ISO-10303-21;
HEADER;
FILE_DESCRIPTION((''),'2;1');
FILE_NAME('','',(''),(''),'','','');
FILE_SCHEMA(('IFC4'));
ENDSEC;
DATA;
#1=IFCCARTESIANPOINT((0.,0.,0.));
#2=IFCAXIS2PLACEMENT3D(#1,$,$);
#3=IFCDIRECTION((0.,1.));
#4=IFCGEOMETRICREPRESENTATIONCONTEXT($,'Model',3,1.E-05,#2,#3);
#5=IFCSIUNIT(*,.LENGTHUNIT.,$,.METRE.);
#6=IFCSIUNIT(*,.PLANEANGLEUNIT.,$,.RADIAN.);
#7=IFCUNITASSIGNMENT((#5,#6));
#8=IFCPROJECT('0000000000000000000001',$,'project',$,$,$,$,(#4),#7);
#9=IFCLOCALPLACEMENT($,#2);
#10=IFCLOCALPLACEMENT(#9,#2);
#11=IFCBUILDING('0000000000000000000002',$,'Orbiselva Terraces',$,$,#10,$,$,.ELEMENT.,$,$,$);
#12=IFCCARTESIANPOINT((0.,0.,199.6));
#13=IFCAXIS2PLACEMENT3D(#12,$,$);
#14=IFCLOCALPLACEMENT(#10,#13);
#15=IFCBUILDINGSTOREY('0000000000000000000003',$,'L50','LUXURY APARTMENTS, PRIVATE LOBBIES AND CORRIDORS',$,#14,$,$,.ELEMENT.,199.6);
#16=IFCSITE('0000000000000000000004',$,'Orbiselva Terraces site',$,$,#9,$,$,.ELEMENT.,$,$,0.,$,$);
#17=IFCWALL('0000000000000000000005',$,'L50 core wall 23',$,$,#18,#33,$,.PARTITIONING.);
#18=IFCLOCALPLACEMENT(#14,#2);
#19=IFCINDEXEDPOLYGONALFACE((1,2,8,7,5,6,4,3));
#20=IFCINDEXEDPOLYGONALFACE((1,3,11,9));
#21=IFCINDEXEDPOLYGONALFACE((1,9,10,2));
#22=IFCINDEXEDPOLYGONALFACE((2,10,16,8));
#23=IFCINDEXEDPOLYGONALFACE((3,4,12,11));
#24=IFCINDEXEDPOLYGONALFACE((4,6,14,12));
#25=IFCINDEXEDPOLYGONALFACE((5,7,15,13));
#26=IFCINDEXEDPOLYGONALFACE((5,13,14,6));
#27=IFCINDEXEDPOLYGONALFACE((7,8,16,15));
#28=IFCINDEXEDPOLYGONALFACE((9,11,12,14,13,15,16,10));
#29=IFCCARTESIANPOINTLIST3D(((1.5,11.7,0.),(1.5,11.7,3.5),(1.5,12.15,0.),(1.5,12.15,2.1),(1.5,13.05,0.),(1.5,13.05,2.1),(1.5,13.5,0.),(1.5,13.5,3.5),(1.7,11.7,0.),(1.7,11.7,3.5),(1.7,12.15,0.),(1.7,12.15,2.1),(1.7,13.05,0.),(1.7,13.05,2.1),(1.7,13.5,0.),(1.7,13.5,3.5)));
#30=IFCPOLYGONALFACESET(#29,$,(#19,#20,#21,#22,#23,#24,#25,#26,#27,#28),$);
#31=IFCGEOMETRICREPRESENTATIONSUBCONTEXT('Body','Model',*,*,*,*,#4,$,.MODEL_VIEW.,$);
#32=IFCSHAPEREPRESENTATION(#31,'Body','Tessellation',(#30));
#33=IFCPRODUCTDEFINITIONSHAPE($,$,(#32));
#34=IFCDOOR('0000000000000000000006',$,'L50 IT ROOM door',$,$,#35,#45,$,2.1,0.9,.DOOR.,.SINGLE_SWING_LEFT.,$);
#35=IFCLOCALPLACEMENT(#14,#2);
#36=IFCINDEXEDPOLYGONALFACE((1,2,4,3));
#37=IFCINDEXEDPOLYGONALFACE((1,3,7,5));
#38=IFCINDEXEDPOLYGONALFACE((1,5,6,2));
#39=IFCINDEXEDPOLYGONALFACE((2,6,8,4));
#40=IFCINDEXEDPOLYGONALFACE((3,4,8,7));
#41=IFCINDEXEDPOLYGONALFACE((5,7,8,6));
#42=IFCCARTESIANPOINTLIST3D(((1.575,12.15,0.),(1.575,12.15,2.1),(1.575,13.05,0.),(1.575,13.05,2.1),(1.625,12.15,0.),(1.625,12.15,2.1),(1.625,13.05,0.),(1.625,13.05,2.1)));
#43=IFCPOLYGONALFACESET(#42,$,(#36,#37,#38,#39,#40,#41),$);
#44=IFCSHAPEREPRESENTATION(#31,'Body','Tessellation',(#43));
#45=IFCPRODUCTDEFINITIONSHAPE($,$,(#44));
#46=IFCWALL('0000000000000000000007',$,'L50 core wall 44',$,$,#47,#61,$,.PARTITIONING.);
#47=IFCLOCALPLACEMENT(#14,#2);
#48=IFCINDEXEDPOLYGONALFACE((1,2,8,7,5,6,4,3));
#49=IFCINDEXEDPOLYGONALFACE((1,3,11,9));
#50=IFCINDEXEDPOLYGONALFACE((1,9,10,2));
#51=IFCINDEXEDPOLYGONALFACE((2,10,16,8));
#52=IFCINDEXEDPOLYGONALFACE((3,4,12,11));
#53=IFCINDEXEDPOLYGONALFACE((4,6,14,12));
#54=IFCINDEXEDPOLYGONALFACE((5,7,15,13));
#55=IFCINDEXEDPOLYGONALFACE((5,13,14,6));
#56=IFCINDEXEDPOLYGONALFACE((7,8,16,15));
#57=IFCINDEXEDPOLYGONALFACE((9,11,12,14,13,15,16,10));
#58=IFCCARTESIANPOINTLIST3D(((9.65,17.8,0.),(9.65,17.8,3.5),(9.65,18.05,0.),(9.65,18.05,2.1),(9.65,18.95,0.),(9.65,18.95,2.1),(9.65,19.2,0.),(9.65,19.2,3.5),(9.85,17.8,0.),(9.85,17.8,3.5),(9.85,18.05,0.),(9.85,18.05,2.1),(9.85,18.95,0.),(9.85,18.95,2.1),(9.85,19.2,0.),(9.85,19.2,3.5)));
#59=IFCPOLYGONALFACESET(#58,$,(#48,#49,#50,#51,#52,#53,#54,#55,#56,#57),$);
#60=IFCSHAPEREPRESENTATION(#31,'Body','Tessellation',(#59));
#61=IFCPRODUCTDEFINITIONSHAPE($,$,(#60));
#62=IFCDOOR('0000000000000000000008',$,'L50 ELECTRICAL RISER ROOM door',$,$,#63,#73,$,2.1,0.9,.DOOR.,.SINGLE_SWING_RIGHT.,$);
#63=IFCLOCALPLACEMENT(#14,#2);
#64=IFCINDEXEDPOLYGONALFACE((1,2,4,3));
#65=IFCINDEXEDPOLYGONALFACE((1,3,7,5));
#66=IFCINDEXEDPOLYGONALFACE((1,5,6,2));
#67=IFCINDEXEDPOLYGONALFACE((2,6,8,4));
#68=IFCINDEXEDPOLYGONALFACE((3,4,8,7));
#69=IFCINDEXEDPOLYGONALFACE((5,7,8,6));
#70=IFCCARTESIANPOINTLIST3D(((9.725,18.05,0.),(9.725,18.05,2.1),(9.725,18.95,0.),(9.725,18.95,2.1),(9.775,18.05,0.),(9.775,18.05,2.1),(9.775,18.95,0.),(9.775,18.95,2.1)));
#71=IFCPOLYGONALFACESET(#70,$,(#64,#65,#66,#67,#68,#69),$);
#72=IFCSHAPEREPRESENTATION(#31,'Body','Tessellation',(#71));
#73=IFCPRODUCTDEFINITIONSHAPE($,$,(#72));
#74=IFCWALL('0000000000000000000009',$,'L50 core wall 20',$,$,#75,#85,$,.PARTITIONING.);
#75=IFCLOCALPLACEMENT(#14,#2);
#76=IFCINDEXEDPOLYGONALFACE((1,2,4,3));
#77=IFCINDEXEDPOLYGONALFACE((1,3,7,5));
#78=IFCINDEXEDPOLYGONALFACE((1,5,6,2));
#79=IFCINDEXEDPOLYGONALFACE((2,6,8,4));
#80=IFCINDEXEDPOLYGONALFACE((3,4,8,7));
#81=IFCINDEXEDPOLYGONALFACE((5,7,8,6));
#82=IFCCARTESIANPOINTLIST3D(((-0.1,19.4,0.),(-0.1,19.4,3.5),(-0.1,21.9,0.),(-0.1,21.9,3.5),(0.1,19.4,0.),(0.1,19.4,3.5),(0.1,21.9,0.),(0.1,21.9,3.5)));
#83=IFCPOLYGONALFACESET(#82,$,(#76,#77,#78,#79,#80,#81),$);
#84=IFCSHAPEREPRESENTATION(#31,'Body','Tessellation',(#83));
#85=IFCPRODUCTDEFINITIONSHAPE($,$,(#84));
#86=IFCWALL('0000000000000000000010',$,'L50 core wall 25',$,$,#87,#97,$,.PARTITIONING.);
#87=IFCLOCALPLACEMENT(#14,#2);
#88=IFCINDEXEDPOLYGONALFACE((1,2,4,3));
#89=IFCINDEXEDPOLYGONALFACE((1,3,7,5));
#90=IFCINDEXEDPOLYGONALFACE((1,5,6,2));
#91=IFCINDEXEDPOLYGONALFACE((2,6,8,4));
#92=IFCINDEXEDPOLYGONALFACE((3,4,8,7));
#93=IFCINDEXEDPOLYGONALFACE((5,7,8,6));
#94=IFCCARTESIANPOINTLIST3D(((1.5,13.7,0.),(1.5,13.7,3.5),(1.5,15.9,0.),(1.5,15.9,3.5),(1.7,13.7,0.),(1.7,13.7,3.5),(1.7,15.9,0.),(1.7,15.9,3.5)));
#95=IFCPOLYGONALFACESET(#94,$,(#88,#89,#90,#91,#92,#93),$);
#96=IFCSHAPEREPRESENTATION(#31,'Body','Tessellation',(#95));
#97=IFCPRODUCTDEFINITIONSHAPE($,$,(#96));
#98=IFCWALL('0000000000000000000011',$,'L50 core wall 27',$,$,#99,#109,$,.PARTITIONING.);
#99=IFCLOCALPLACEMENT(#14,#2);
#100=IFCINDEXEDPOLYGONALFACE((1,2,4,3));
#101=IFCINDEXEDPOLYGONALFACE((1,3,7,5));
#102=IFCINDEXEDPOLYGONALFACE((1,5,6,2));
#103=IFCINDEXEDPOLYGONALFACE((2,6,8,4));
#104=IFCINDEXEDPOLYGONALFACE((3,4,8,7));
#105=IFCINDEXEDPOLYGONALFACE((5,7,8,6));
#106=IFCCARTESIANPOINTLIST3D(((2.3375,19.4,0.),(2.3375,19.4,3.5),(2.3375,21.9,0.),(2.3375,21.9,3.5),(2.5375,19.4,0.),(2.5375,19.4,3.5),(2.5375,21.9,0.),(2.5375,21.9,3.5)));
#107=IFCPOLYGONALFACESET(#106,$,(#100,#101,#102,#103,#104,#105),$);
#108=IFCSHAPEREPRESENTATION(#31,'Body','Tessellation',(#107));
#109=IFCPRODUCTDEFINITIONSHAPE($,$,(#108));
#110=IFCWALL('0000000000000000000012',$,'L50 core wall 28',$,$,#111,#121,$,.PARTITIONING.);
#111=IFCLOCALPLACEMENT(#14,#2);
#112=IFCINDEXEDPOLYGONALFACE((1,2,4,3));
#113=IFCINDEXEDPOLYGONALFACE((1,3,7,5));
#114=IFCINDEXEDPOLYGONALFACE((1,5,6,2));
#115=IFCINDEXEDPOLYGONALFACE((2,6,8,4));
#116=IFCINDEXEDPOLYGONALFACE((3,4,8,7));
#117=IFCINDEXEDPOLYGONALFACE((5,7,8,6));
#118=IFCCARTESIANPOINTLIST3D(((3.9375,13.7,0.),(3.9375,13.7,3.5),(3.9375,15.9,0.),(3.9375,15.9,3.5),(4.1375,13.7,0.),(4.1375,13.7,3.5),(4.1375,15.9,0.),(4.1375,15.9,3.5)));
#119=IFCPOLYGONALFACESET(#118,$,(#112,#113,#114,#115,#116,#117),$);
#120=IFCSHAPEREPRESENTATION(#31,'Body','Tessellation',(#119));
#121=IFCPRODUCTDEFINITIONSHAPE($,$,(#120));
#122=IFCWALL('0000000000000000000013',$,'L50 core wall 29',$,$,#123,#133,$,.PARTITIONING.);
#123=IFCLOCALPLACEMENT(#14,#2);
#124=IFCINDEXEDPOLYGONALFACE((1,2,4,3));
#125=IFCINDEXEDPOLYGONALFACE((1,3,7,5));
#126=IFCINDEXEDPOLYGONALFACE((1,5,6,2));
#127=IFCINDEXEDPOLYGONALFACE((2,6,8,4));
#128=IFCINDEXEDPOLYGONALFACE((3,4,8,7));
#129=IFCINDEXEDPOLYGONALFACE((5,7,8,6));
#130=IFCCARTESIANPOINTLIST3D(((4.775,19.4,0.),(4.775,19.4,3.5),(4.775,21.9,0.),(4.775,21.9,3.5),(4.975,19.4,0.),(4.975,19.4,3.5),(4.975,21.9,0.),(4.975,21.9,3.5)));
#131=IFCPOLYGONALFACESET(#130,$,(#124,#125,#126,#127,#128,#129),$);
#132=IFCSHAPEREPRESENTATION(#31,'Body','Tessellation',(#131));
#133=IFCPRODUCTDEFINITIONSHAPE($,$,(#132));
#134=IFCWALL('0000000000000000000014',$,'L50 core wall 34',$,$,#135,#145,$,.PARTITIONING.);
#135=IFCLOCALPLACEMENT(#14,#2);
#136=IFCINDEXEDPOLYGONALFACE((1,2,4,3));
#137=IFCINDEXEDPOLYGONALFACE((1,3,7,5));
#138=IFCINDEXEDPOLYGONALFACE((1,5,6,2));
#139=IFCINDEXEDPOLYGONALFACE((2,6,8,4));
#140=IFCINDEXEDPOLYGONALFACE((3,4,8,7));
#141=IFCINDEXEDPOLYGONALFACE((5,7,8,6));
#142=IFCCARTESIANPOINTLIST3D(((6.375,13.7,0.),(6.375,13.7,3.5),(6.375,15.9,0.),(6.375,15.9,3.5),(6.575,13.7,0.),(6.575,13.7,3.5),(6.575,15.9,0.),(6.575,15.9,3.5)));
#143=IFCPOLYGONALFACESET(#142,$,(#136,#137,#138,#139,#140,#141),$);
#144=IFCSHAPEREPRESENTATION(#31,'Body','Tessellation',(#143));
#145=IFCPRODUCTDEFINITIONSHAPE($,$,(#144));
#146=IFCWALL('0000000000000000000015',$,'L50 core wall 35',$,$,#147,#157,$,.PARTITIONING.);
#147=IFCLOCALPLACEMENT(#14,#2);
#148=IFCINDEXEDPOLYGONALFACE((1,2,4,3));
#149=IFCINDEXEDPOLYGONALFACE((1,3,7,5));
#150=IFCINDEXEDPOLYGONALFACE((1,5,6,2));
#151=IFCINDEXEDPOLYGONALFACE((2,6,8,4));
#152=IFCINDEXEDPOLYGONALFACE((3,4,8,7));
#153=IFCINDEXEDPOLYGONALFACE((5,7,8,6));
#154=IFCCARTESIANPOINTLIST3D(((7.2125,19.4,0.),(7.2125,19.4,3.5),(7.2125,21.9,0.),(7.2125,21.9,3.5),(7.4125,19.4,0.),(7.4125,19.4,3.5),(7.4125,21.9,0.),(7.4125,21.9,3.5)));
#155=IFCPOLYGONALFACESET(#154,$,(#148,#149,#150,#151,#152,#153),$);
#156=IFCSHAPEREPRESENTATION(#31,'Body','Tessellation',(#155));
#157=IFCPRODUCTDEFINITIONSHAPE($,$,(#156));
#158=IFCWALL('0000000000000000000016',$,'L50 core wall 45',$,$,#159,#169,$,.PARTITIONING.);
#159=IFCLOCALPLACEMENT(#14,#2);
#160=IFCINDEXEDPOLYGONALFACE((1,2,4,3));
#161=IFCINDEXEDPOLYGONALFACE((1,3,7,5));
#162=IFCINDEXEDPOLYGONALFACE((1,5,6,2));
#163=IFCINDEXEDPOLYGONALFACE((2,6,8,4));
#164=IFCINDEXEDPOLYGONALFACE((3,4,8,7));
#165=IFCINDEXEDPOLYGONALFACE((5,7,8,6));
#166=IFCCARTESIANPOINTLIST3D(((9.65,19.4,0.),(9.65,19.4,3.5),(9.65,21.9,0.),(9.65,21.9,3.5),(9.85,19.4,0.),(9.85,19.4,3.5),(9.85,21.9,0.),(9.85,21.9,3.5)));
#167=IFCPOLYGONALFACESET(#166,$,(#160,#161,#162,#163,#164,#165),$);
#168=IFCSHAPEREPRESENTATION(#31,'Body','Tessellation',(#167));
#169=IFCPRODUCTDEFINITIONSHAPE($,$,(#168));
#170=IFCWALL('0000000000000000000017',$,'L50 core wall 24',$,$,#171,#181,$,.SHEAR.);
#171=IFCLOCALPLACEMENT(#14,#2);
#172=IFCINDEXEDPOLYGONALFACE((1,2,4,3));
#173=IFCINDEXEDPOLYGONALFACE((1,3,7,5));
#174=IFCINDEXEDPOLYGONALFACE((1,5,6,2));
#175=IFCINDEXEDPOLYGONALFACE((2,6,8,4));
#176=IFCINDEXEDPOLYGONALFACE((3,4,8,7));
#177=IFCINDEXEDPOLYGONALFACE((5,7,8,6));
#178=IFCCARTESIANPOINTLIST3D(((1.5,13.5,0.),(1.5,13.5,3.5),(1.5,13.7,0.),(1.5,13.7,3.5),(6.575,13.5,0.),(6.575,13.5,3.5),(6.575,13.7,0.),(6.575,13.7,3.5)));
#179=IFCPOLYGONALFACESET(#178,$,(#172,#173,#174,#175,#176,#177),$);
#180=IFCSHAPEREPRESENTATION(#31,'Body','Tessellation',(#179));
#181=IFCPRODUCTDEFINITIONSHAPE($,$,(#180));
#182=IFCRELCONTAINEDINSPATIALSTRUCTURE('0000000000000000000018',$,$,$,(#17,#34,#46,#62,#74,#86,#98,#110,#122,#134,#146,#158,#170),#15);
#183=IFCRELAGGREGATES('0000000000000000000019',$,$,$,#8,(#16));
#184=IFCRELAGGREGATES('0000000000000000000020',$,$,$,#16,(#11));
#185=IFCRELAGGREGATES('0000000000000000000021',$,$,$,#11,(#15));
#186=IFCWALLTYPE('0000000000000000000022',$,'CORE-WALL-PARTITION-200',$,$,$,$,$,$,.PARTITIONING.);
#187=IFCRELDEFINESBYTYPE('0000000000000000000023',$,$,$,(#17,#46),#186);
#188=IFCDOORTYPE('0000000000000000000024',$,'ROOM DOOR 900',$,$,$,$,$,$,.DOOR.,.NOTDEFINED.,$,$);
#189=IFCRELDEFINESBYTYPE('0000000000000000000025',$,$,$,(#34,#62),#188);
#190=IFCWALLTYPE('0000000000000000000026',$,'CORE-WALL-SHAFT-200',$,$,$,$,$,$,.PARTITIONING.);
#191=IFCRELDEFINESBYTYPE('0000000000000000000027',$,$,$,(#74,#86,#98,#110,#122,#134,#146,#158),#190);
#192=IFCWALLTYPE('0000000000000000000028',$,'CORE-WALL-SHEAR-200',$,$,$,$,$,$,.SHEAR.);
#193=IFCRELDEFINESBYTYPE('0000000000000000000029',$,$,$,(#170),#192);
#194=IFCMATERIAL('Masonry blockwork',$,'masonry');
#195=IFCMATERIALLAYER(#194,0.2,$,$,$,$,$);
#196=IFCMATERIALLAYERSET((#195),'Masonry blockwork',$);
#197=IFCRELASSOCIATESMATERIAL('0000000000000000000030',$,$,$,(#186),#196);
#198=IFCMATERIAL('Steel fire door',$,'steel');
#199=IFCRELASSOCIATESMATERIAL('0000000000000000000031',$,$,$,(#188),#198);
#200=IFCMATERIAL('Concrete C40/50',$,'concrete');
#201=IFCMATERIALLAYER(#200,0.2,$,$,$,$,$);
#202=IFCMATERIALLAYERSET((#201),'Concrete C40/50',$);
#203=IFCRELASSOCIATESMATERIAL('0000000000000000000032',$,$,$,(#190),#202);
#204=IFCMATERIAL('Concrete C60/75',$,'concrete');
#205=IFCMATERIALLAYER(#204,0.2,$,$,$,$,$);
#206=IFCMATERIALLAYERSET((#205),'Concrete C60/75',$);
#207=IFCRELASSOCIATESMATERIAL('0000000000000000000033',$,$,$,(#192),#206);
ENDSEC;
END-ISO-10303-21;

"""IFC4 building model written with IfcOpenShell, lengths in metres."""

from ifc_helpers import new_model, si_unit, direction, frame, frame_2d, origin, place, context, subcontext, project, spatial, rectangle, extrude, material, layer, layer_set, type_object, element, fill, save


model = new_model("IFC4")

# Units and contexts
model_context = context("Model", 3, precision=1e-05, world=origin(), true_north=direction((0.0, 1.0)))
body_context = subcontext(model_context, "Body", "Model", "MODEL_VIEW")
ifc_project = project(units=[si_unit("LENGTHUNIT", "METRE"), si_unit("PLANEANGLEUNIT", "RADIAN")], contexts=[model_context])

# Site, building, storey
site_placement = place(None, origin())
site = spatial("IfcSite", under=ifc_project, at=site_placement, Name="Orbiselva Terraces site", CompositionType="ELEMENT", RefElevation=0.0)
building_placement = place(site_placement, origin())
building = spatial("IfcBuilding", under=site, at=building_placement, Name="Orbiselva Terraces", CompositionType="ELEMENT")
storey_placement = place(building_placement, frame((0.0, 0.0, 199.6)))
storey = spatial("IfcBuildingStorey", under=building, at=storey_placement, Name="L50", Description="LUXURY APARTMENTS, PRIVATE LOBBIES AND CORRIDORS", CompositionType="ELEMENT", Elevation=199.6)

# Walls, openings, doors
ifc_material_1 = material(Name="Masonry blockwork", Category="masonry")
ifc_layer_1 = layer(ifc_material_1, 0.2)
ifc_layer_set_1 = layer_set([ifc_layer_1], Name="Masonry blockwork")
wall_type_1 = type_object("IfcWallType", Name="CORE-WALL-PARTITION-200", PredefinedType="PARTITIONING", material=ifc_layer_set_1)
wall_1_placement = place(storey_placement, frame((1.6, 13.5, 0.0), z_axis=(0.0, 0.0, 1.0), x_axis=(0.0, -1.0, 0.0)))
wall_1 = element("IfcWall", 1, at=wall_1_placement, inside=storey, type_object=wall_type_1, Name="L50 core wall 23", PredefinedType="PARTITIONING", context=body_context, shape_type="SweptSolid", body=[
    extrude(rectangle(XDim=1.8, YDim=0.2, at=frame_2d((0.9, 0.0))), origin(), (0.0, 0.0, 1.0), 3.5),
])
opening_1_placement = place(wall_1_placement, frame((0.45, 0.0, 0.0)))
opening_1 = element("IfcOpeningElement", 2, at=opening_1_placement, cuts=wall_1, PredefinedType="OPENING", context=body_context, shape_type="SweptSolid", body=[
    extrude(rectangle(XDim=0.9, YDim=2.1, at=frame_2d((0.45, 1.05))), frame((0.0, 0.11, 0.0), z_axis=(0.0, -1.0, 0.0), x_axis=(1.0, 0.0, 0.0)), (0.0, 0.0, 1.0), 0.22),
])
ifc_material_2 = material(Name="Steel fire door", Category="steel")
door_type_1 = type_object("IfcDoorType", Name="ROOM DOOR 900", OperationType="NOTDEFINED", PredefinedType="DOOR", material=ifc_material_2)
door_1_placement = place(opening_1_placement, origin())
door_1 = element("IfcDoor", 3, at=door_1_placement, inside=storey, type_object=door_type_1, Name="L50 IT ROOM door", OperationType="SINGLE_SWING_LEFT", OverallHeight=2.1, OverallWidth=0.9, PredefinedType="DOOR", context=body_context, shape_type="SweptSolid", body=[
    extrude(rectangle(XDim=0.9, YDim=2.1, at=frame_2d((0.45, 1.05))), frame((0.0, 0.025, 0.0), z_axis=(0.0, -1.0, 0.0), x_axis=(1.0, 0.0, 0.0)), (0.0, 0.0, 1.0), 0.05),
])
fill(opening_1, door_1)
wall_2_placement = place(storey_placement, frame((9.75, 19.2, 0.0), z_axis=(0.0, 0.0, 1.0), x_axis=(0.0, -1.0, 0.0)))
wall_2 = element("IfcWall", 4, at=wall_2_placement, inside=storey, type_object=wall_type_1, Name="L50 core wall 44", PredefinedType="PARTITIONING", context=body_context, shape_type="SweptSolid", body=[
    extrude(rectangle(XDim=1.4, YDim=0.2, at=frame_2d((0.7, 0.0))), origin(), (0.0, 0.0, 1.0), 3.5),
])
opening_2_placement = place(wall_2_placement, frame((0.25, 0.0, 0.0)))
opening_2 = element("IfcOpeningElement", 5, at=opening_2_placement, cuts=wall_2, PredefinedType="OPENING", context=body_context, shape_type="SweptSolid", body=[
    extrude(rectangle(XDim=0.9, YDim=2.1, at=frame_2d((0.45, 1.05))), frame((0.0, 0.11, 0.0), z_axis=(0.0, -1.0, 0.0), x_axis=(1.0, 0.0, 0.0)), (0.0, 0.0, 1.0), 0.22),
])
door_2_placement = place(opening_2_placement, origin())
door_2 = element("IfcDoor", 6, at=door_2_placement, inside=storey, type_object=door_type_1, Name="L50 ELECTRICAL RISER ROOM door", OperationType="SINGLE_SWING_RIGHT", OverallHeight=2.1, OverallWidth=0.9, PredefinedType="DOOR", context=body_context, shape_type="SweptSolid", body=[
    extrude(rectangle(XDim=0.9, YDim=2.1, at=frame_2d((0.45, 1.05))), frame((0.0, 0.025, 0.0), z_axis=(0.0, -1.0, 0.0), x_axis=(1.0, 0.0, 0.0)), (0.0, 0.0, 1.0), 0.05),
])
fill(opening_2, door_2)

# Walls
ifc_material_3 = material(Name="Concrete C40/50", Category="concrete")
ifc_layer_2 = layer(ifc_material_3, 0.2)
ifc_layer_set_2 = layer_set([ifc_layer_2], Name="Concrete C40/50")
wall_type_2 = type_object("IfcWallType", Name="CORE-WALL-SHAFT-200", PredefinedType="PARTITIONING", material=ifc_layer_set_2)
wall_3_placement = place(storey_placement, frame((0.0, 19.4, 0.0), z_axis=(0.0, 0.0, 1.0), x_axis=(0.0, 1.0, 0.0)))
element("IfcWall", 7, at=wall_3_placement, inside=storey, type_object=wall_type_2, Name="L50 core wall 20", PredefinedType="PARTITIONING", context=body_context, shape_type="SweptSolid", body=[
    extrude(rectangle(XDim=2.5, YDim=0.2, at=frame_2d((1.25, 0.0))), origin(), (0.0, 0.0, 1.0), 3.5),
])
wall_4_placement = place(storey_placement, frame((1.6, 13.7, 0.0), z_axis=(0.0, 0.0, 1.0), x_axis=(0.0, 1.0, 0.0)))
element("IfcWall", 8, at=wall_4_placement, inside=storey, type_object=wall_type_2, Name="L50 core wall 25", PredefinedType="PARTITIONING", context=body_context, shape_type="SweptSolid", body=[
    extrude(rectangle(XDim=2.2, YDim=0.2, at=frame_2d((1.1, 0.0))), origin(), (0.0, 0.0, 1.0), 3.5),
])
wall_5_placement = place(storey_placement, frame((2.4375, 19.4, 0.0), z_axis=(0.0, 0.0, 1.0), x_axis=(0.0, 1.0, 0.0)))
element("IfcWall", 9, at=wall_5_placement, inside=storey, type_object=wall_type_2, Name="L50 core wall 27", PredefinedType="PARTITIONING", context=body_context, shape_type="SweptSolid", body=[
    extrude(rectangle(XDim=2.5, YDim=0.2, at=frame_2d((1.25, 0.0))), origin(), (0.0, 0.0, 1.0), 3.5),
])
wall_6_placement = place(storey_placement, frame((4.0375, 13.7, 0.0), z_axis=(0.0, 0.0, 1.0), x_axis=(0.0, 1.0, 0.0)))
element("IfcWall", 10, at=wall_6_placement, inside=storey, type_object=wall_type_2, Name="L50 core wall 28", PredefinedType="PARTITIONING", context=body_context, shape_type="SweptSolid", body=[
    extrude(rectangle(XDim=2.2, YDim=0.2, at=frame_2d((1.1, 0.0))), origin(), (0.0, 0.0, 1.0), 3.5),
])
wall_7_placement = place(storey_placement, frame((4.875, 19.4, 0.0), z_axis=(0.0, 0.0, 1.0), x_axis=(0.0, 1.0, 0.0)))
element("IfcWall", 11, at=wall_7_placement, inside=storey, type_object=wall_type_2, Name="L50 core wall 29", PredefinedType="PARTITIONING", context=body_context, shape_type="SweptSolid", body=[
    extrude(rectangle(XDim=2.5, YDim=0.2, at=frame_2d((1.25, 0.0))), origin(), (0.0, 0.0, 1.0), 3.5),
])
wall_8_placement = place(storey_placement, frame((6.475, 13.7, 0.0), z_axis=(0.0, 0.0, 1.0), x_axis=(0.0, 1.0, 0.0)))
element("IfcWall", 12, at=wall_8_placement, inside=storey, type_object=wall_type_2, Name="L50 core wall 34", PredefinedType="PARTITIONING", context=body_context, shape_type="SweptSolid", body=[
    extrude(rectangle(XDim=2.2, YDim=0.2, at=frame_2d((1.1, 0.0))), origin(), (0.0, 0.0, 1.0), 3.5),
])
for number, where, z_axis, x_axis, name in (
    (13, (7.3125, 19.4, 0.0), (0.0, 0.0, 1.0), (0.0, 1.0, 0.0), "L50 core wall 35"),
    (14, (9.75, 19.4, 0.0), (0.0, 0.0, 1.0), (0.0, 1.0, 0.0), "L50 core wall 45"),
):
    element("IfcWall", number, at=place(storey_placement, frame(where, z_axis=z_axis, x_axis=x_axis)), inside=storey, type_object=wall_type_2, Name=name, PredefinedType="PARTITIONING", context=body_context, shape_type="SweptSolid", body=[
        extrude(rectangle(XDim=2.5, YDim=0.2, at=frame_2d((1.25, 0.0))), origin(), (0.0, 0.0, 1.0), 3.5),
    ])
ifc_material_4 = material(Name="Concrete C60/75", Category="concrete")
ifc_layer_3 = layer(ifc_material_4, 0.2)
ifc_layer_set_3 = layer_set([ifc_layer_3], Name="Concrete C60/75")
wall_type_3 = type_object("IfcWallType", Name="CORE-WALL-SHEAR-200", PredefinedType="SHEAR", material=ifc_layer_set_3)
wall_9_placement = place(storey_placement, frame((1.5, 13.6, 0.0), z_axis=(0.0, 0.0, 1.0), x_axis=(1.0, 0.0, 0.0)))
element("IfcWall", 15, at=wall_9_placement, inside=storey, type_object=wall_type_3, Name="L50 core wall 24", PredefinedType="SHEAR", context=body_context, shape_type="SweptSolid", body=[
    extrude(rectangle(XDim=5.075, YDim=0.2, at=frame_2d((2.5375, 0.0))), origin(), (0.0, 0.0, 1.0), 3.5),
])

save(model, "model.ifc")
